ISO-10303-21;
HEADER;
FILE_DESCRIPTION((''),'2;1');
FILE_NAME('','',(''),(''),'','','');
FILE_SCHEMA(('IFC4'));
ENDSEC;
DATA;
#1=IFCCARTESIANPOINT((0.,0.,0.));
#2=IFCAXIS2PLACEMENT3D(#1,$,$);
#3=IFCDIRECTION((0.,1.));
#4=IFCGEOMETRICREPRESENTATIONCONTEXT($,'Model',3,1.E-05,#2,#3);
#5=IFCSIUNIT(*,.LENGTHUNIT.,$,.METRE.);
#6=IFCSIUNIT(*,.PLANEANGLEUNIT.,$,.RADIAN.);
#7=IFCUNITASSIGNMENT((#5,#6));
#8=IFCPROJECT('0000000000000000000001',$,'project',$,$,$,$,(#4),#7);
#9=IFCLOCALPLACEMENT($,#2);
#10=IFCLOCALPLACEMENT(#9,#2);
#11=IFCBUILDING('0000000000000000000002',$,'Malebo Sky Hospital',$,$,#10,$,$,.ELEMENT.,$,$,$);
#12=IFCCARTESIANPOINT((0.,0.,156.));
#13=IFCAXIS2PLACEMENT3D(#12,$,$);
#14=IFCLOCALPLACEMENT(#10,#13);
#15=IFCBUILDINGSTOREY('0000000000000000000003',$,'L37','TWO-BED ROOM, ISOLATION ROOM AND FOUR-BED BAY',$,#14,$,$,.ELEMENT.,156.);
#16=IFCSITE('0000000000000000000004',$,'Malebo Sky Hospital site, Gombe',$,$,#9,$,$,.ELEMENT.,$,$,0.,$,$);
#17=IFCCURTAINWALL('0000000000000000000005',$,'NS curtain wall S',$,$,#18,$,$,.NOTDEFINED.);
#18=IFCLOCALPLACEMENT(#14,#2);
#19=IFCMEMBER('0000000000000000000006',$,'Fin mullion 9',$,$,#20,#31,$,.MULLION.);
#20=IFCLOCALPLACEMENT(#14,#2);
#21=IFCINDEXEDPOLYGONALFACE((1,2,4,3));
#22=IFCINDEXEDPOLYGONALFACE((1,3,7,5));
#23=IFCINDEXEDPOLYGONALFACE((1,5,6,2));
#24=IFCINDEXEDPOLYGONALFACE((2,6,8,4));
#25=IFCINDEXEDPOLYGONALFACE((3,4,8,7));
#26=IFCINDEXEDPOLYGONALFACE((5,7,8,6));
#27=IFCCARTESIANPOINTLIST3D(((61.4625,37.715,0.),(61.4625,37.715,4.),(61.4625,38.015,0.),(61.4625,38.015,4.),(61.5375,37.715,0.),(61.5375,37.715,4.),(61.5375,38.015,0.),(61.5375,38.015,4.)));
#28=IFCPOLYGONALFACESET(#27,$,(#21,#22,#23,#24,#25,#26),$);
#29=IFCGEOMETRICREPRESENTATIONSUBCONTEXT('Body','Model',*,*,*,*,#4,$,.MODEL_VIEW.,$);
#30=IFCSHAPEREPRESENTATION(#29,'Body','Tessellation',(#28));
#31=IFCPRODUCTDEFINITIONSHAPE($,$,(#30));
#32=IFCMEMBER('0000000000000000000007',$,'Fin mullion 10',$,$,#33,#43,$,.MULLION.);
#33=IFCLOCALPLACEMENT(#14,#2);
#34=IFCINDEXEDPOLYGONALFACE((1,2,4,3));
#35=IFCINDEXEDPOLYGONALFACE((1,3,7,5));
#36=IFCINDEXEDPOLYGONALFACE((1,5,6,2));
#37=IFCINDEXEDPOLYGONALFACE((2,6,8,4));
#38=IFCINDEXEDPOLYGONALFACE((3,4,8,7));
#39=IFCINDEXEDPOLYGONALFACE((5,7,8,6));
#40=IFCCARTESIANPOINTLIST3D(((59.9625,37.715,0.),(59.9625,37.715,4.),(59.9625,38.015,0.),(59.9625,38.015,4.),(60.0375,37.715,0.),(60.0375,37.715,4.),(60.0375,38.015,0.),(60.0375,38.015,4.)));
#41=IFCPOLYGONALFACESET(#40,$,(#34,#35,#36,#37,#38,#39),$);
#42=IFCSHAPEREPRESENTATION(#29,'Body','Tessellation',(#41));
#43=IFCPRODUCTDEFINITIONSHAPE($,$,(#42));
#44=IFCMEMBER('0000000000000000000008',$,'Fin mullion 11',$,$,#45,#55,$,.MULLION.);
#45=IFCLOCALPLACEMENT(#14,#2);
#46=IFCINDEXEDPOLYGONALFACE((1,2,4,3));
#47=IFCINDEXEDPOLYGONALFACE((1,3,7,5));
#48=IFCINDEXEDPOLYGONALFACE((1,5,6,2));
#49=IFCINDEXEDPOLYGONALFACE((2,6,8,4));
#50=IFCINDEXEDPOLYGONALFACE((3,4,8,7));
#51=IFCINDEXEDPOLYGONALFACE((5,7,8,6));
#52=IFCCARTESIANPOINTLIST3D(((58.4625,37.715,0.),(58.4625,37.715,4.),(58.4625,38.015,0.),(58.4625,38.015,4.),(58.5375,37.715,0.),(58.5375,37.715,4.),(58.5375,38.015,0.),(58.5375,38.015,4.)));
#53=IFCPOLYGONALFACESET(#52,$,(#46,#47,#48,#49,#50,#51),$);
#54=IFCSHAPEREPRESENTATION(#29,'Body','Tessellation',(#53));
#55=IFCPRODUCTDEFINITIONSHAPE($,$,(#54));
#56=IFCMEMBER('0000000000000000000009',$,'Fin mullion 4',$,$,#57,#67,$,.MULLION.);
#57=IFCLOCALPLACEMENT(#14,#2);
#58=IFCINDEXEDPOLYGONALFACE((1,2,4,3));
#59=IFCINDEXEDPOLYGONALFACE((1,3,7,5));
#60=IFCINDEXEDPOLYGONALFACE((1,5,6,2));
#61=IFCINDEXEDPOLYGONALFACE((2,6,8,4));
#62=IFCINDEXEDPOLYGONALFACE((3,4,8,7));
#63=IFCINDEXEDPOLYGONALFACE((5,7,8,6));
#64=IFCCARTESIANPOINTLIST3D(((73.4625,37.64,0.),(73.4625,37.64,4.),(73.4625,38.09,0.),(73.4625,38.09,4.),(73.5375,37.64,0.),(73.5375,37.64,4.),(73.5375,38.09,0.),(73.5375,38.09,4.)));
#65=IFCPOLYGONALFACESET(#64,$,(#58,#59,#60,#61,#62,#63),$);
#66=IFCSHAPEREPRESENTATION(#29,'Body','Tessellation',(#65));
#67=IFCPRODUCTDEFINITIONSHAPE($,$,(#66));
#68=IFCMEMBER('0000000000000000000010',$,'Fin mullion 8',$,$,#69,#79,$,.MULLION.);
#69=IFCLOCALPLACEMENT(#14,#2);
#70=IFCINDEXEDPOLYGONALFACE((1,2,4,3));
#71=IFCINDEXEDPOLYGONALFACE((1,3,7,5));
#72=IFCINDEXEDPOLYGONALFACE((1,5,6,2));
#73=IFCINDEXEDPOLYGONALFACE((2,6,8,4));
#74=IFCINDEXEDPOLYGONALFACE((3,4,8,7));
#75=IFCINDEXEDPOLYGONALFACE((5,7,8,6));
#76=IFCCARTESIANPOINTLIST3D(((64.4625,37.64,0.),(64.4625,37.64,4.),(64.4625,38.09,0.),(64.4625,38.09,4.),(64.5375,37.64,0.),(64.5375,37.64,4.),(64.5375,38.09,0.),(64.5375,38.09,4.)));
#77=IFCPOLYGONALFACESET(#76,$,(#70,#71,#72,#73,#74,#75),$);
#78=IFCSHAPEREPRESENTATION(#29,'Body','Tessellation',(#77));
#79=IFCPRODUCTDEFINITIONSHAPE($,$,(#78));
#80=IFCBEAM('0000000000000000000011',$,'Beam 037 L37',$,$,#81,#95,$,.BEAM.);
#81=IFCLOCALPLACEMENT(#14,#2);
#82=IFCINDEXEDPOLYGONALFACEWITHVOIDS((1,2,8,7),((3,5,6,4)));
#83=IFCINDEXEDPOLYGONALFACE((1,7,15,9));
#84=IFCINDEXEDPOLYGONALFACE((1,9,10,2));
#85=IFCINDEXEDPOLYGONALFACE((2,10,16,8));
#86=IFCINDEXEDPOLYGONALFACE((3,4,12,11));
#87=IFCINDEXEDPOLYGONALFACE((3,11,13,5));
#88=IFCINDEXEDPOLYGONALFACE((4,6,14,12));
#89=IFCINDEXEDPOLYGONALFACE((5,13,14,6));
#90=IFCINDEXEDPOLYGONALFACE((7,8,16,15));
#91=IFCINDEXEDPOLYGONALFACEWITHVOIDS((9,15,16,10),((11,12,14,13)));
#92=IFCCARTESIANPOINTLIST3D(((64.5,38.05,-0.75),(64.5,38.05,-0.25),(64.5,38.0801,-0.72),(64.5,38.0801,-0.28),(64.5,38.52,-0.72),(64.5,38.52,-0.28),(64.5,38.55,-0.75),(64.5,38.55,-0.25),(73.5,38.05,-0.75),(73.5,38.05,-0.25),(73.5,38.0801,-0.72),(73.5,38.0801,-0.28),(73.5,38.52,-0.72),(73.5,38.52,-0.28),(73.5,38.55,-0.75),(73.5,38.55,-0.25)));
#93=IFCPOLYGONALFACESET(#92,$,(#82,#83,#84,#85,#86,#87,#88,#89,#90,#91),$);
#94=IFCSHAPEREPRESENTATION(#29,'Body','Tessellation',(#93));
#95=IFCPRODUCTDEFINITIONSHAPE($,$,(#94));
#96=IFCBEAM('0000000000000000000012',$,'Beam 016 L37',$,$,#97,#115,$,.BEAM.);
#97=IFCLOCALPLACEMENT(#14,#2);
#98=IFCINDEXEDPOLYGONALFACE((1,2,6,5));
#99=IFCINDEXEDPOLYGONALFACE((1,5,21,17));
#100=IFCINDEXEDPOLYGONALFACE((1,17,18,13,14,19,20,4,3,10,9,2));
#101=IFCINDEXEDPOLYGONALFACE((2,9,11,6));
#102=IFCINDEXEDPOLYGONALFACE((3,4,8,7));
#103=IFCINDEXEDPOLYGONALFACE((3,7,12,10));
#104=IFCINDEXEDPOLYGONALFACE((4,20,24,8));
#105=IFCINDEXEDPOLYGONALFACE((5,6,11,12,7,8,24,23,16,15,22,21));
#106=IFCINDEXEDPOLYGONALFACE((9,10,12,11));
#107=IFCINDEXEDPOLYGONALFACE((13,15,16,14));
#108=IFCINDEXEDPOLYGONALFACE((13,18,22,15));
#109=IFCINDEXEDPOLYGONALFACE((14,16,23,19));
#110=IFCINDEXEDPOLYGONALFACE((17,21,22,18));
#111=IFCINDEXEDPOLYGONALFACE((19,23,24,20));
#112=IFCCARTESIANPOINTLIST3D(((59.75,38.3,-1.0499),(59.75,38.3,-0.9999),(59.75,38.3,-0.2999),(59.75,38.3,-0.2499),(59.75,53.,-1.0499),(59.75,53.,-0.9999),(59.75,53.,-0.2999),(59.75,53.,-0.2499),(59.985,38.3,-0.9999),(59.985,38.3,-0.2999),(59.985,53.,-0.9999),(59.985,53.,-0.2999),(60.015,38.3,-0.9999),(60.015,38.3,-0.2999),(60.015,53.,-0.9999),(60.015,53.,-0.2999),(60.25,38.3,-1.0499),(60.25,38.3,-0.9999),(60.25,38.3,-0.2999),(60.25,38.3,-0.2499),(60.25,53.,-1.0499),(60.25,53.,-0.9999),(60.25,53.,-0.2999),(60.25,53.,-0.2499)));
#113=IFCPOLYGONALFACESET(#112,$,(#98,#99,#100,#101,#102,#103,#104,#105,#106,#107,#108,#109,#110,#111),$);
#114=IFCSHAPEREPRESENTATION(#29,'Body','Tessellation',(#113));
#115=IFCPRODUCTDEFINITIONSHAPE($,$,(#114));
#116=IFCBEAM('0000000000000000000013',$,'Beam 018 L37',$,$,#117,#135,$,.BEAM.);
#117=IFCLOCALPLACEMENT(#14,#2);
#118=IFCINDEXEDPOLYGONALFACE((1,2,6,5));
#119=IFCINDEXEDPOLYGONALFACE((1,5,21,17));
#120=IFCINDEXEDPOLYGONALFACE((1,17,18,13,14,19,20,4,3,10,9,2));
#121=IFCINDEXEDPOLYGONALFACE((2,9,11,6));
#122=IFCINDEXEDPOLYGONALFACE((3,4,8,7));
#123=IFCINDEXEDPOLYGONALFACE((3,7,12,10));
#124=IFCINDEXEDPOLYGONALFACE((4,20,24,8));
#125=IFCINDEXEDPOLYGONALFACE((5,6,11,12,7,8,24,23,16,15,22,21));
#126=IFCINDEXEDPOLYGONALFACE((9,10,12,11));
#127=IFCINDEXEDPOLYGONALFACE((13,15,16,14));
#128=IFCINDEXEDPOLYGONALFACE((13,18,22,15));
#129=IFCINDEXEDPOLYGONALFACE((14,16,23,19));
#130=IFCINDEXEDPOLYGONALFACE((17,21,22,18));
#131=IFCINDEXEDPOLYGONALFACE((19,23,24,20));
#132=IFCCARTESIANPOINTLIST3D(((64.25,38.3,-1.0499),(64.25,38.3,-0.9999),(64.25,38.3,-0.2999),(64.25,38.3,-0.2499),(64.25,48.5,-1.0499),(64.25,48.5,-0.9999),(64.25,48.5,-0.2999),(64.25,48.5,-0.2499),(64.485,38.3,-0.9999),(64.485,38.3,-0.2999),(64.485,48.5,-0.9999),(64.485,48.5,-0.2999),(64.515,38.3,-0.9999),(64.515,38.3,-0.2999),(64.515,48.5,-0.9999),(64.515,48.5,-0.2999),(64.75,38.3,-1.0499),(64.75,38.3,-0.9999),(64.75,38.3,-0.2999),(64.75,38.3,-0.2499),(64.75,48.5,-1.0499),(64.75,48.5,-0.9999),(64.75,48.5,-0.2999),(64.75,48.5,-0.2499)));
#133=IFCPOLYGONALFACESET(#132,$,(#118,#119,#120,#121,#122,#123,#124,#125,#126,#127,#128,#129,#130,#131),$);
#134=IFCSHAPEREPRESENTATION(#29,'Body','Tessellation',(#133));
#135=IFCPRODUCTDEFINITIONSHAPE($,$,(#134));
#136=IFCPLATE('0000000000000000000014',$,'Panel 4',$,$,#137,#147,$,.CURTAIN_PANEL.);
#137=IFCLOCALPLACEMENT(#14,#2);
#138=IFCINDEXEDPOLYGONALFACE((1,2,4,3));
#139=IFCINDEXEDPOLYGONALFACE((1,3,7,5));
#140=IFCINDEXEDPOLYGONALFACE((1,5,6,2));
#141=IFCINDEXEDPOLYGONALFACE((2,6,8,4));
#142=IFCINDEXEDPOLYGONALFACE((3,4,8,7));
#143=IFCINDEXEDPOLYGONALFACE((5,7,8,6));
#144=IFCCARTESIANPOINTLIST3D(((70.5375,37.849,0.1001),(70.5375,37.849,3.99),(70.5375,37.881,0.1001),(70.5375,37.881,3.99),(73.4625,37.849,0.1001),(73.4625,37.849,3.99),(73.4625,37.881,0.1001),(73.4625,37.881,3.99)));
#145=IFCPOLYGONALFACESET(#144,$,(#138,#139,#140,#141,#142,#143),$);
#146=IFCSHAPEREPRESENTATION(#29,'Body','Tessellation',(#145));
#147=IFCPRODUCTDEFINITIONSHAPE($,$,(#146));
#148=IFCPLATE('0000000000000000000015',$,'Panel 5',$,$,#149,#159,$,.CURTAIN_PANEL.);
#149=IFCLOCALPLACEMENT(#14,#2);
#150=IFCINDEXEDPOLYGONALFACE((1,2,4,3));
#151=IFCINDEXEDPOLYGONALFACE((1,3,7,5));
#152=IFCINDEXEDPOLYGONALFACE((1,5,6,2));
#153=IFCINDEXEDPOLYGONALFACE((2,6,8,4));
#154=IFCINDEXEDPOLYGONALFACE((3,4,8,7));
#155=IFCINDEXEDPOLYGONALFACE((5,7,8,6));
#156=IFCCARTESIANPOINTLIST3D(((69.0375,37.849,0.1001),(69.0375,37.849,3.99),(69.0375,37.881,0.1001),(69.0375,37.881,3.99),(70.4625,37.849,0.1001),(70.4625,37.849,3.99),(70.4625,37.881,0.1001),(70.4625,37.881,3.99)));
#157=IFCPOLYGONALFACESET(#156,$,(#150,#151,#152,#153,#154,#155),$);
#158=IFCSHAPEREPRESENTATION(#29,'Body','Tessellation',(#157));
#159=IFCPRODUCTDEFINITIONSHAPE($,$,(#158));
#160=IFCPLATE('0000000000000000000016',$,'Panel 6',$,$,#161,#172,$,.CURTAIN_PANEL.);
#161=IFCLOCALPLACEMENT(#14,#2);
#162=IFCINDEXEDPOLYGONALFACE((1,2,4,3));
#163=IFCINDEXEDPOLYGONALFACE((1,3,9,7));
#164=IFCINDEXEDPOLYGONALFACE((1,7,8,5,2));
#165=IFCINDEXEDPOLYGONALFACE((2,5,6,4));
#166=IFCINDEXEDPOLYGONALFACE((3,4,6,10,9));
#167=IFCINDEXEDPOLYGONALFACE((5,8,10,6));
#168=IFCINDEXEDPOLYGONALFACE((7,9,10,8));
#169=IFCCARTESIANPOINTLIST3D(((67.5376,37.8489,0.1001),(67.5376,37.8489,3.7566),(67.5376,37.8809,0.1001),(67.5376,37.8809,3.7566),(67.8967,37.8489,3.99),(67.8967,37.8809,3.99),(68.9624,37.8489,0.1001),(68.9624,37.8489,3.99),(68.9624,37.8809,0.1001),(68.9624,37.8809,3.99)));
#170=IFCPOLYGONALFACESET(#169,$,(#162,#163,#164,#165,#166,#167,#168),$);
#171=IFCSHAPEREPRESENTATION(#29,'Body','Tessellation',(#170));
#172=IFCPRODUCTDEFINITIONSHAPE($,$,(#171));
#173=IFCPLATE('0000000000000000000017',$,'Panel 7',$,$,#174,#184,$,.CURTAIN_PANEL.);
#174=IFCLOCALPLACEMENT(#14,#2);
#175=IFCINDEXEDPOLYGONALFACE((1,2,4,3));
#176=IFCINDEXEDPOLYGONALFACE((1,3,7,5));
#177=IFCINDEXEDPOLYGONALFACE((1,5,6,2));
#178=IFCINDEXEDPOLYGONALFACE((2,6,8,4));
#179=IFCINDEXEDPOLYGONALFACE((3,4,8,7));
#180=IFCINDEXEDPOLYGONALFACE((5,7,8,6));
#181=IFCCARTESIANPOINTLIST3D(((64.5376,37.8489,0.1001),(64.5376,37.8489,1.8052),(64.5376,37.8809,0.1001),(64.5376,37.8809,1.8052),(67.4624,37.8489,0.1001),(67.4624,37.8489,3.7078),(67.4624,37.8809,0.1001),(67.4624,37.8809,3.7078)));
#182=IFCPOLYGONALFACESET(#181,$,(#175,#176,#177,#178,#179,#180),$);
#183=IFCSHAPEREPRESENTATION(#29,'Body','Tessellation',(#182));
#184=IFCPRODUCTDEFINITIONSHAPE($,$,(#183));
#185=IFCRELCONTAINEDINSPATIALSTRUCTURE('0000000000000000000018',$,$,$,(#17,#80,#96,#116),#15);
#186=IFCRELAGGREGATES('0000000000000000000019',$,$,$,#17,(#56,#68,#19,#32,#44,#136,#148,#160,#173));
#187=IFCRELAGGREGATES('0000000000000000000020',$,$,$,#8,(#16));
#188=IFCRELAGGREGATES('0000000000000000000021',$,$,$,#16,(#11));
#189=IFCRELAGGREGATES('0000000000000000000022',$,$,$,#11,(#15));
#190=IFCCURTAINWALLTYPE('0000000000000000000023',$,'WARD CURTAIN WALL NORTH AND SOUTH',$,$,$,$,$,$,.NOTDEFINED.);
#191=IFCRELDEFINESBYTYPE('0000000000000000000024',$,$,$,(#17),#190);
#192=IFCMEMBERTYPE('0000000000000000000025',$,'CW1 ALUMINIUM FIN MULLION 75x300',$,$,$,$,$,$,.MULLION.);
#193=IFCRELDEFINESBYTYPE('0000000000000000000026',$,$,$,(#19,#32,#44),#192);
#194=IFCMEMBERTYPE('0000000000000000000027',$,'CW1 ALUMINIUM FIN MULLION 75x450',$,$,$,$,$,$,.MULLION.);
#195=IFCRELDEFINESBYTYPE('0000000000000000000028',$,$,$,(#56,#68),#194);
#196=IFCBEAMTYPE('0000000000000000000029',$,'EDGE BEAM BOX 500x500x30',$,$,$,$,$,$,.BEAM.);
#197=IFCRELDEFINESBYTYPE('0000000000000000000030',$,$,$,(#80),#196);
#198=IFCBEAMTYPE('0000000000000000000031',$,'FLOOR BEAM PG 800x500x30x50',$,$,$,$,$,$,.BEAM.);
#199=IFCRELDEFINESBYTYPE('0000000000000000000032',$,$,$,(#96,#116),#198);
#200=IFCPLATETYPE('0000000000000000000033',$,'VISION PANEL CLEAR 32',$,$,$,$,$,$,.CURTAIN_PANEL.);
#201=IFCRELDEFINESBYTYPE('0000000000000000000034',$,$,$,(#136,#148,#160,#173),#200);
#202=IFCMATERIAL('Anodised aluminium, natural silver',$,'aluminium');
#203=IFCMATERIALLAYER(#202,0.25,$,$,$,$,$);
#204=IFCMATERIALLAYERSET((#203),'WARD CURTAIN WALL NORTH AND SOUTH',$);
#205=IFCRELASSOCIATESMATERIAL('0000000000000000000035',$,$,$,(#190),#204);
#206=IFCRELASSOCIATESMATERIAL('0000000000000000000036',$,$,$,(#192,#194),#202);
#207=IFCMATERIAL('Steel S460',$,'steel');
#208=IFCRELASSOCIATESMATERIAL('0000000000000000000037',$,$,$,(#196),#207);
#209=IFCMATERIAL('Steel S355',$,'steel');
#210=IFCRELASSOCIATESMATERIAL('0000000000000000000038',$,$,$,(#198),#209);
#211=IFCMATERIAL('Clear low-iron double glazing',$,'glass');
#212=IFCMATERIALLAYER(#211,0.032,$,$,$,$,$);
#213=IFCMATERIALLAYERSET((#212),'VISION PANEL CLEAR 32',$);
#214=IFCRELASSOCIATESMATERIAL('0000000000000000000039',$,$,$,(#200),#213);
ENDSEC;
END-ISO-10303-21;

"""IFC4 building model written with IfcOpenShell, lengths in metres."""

from ifc_helpers import new_model, si_unit, direction, frame, origin, origin_2d, place, context, subcontext, project, spatial, polyline, rectangle, hollow_rectangle, i_section, outline, extrude, material, layer, layer_set, material_profile, profile_set, type_object, element, aggregate, save


model = new_model("IFC4")

# Units and contexts
model_context = context("Model", 3, precision=1e-05, world=origin(), true_north=direction((0.0, 1.0)))
body_context = subcontext(model_context, "Body", "Model", "MODEL_VIEW")
ifc_project = project(units=[si_unit("LENGTHUNIT", "METRE"), si_unit("PLANEANGLEUNIT", "RADIAN")], contexts=[model_context])

# Site, building, storey
site_placement = place(None, origin())
site = spatial("IfcSite", under=ifc_project, at=site_placement, Name="Malebo Sky Hospital site, Gombe", CompositionType="ELEMENT", RefElevation=0.0)
building_placement = place(site_placement, origin())
building = spatial("IfcBuilding", under=site, at=building_placement, Name="Malebo Sky Hospital", CompositionType="ELEMENT")
storey_placement = place(building_placement, frame((0.0, 0.0, 156.0)))
storey = spatial("IfcBuildingStorey", under=building, at=storey_placement, Name="L37", Description="TWO-BED ROOM, ISOLATION ROOM AND FOUR-BED BAY", CompositionType="ELEMENT", Elevation=156.0)

# Shared definitions
ifc_material_1 = material(Name="Steel S460", Category="steel")

# Curtain wall
ifc_material_2 = material(Name="Anodised aluminium, natural silver", Category="aluminium")
ifc_layer_1 = layer(ifc_material_2, 0.25)
ifc_layer_set_1 = layer_set([ifc_layer_1], Name="WARD CURTAIN WALL NORTH AND SOUTH")
curtain_wall_type = type_object("IfcCurtainWallType", Name="WARD CURTAIN WALL NORTH AND SOUTH", PredefinedType="NOTDEFINED", material=ifc_layer_set_1)
curtain_wall_placement = place(storey_placement, origin())
curtain_wall = element("IfcCurtainWall", 1, at=curtain_wall_placement, inside=storey, type_object=curtain_wall_type, Name="NS curtain wall S", PredefinedType="NOTDEFINED")

# Members
ifc_material_3 = material(Name="Steel S355", Category="steel")
ifc_material_profile_1 = material_profile(ifc_material_2, rectangle(XDim=0.075, YDim=0.3, at=origin_2d()), Name="CW1 ALUMINIUM FIN MULLION 75x300")
ifc_profile_set_1 = profile_set([ifc_material_profile_1], Name="Anodised aluminium, natural silver")
member_type_1 = type_object("IfcMemberType", Name="CW1 ALUMINIUM FIN MULLION 75x300", PredefinedType="MULLION", material=ifc_profile_set_1)
member_1_placement = place(storey_placement, frame((61.5, 37.865, 0.0), z_axis=(0.0, 0.0, 1.0), x_axis=(-1.0, 0.0, 0.0)))
member_1 = element("IfcMember", 2, at=member_1_placement, type_object=member_type_1, Name="Fin mullion 9", PredefinedType="MULLION", context=body_context, shape_type="SweptSolid", body=[
    extrude(rectangle(XDim=0.075, YDim=0.3, at=origin_2d()), origin(), (0.0, 0.0, 1.0), 4.0),
])
member_2_placement = place(storey_placement, frame((60.0, 37.865, 0.0), z_axis=(0.0, 0.0, 1.0), x_axis=(-1.0, 0.0, 0.0)))
member_2 = element("IfcMember", 3, at=member_2_placement, type_object=member_type_1, Name="Fin mullion 10", PredefinedType="MULLION", context=body_context, shape_type="SweptSolid", body=[
    extrude(rectangle(XDim=0.075, YDim=0.3, at=origin_2d()), origin(), (0.0, 0.0, 1.0), 4.0),
])
member_3_placement = place(storey_placement, frame((58.5, 37.865, 0.0), z_axis=(0.0, 0.0, 1.0), x_axis=(-1.0, 0.0, 0.0)))
member_3 = element("IfcMember", 4, at=member_3_placement, type_object=member_type_1, Name="Fin mullion 11", PredefinedType="MULLION", context=body_context, shape_type="SweptSolid", body=[
    extrude(rectangle(XDim=0.075, YDim=0.3, at=origin_2d()), origin(), (0.0, 0.0, 1.0), 4.0),
])
ifc_material_profile_2 = material_profile(ifc_material_2, rectangle(XDim=0.075, YDim=0.45, at=origin_2d()), Name="CW1 ALUMINIUM FIN MULLION 75x450")
ifc_profile_set_2 = profile_set([ifc_material_profile_2], Name="Anodised aluminium, natural silver")
member_type_2 = type_object("IfcMemberType", Name="CW1 ALUMINIUM FIN MULLION 75x450", PredefinedType="MULLION", material=ifc_profile_set_2)
member_4_placement = place(storey_placement, frame((73.5, 37.865, 0.0), z_axis=(0.0, 0.0, 1.0), x_axis=(-1.0, 0.0, 0.0)))
member_4 = element("IfcMember", 5, at=member_4_placement, type_object=member_type_2, Name="Fin mullion 4", PredefinedType="MULLION", context=body_context, shape_type="SweptSolid", body=[
    extrude(rectangle(XDim=0.075, YDim=0.45, at=origin_2d()), origin(), (0.0, 0.0, 1.0), 4.0),
])
member_5_placement = place(storey_placement, frame((64.5, 37.865, 0.0), z_axis=(0.0, 0.0, 1.0), x_axis=(-1.0, 0.0, 0.0)))
member_5 = element("IfcMember", 6, at=member_5_placement, type_object=member_type_2, Name="Fin mullion 8", PredefinedType="MULLION", context=body_context, shape_type="SweptSolid", body=[
    extrude(rectangle(XDim=0.075, YDim=0.45, at=origin_2d()), origin(), (0.0, 0.0, 1.0), 4.0),
])

# Beams
ifc_material_profile_3 = material_profile(ifc_material_1, hollow_rectangle(XDim=0.5, YDim=0.5, WallThickness=0.03, at=origin_2d()), Name="BOX 500x500x30")
ifc_profile_set_3 = profile_set([ifc_material_profile_3], Name="Steel S460")
beam_type_1 = type_object("IfcBeamType", Name="EDGE BEAM BOX 500x500x30", PredefinedType="BEAM", material=ifc_profile_set_3)
beam_1_placement = place(storey_placement, frame((64.5, 38.3, -0.5), z_axis=(1.0, 0.0, 0.0), x_axis=(0.0, 1.0, 0.0)))
element("IfcBeam", 7, at=beam_1_placement, inside=storey, type_object=beam_type_1, Name="Beam 037 L37", PredefinedType="BEAM", context=body_context, shape_type="SweptSolid", body=[
    extrude(hollow_rectangle(XDim=0.5, YDim=0.5, WallThickness=0.03, at=origin_2d()), origin(), (0.0, 0.0, 1.0), 9.0),
])
ifc_material_profile_4 = material_profile(ifc_material_3, i_section(OverallWidth=0.5, OverallDepth=0.8, WebThickness=0.03, FlangeThickness=0.05, at=origin_2d()), Name="PG 800x500x30x50")
ifc_profile_set_4 = profile_set([ifc_material_profile_4], Name="Steel S355")
beam_type_2 = type_object("IfcBeamType", Name="FLOOR BEAM PG 800x500x30x50", PredefinedType="BEAM", material=ifc_profile_set_4)
beam_2_placement = place(storey_placement, frame((60.0, 38.3, -0.6499), z_axis=(0.0, 1.0, 0.0), x_axis=(-1.0, 0.0, 0.0)))
element("IfcBeam", 8, at=beam_2_placement, inside=storey, type_object=beam_type_2, Name="Beam 016 L37", PredefinedType="BEAM", context=body_context, shape_type="SweptSolid", body=[
    extrude(i_section(OverallWidth=0.5, OverallDepth=0.8, WebThickness=0.03, FlangeThickness=0.05, at=origin_2d()), origin(), (0.0, 0.0, 1.0), 14.7),
])
beam_3_placement = place(storey_placement, frame((64.5, 38.3, -0.6499), z_axis=(0.0, 1.0, 0.0), x_axis=(-1.0, 0.0, 0.0)))
element("IfcBeam", 9, at=beam_3_placement, inside=storey, type_object=beam_type_2, Name="Beam 018 L37", PredefinedType="BEAM", context=body_context, shape_type="SweptSolid", body=[
    extrude(i_section(OverallWidth=0.5, OverallDepth=0.8, WebThickness=0.03, FlangeThickness=0.05, at=origin_2d()), origin(), (0.0, 0.0, 1.0), 10.2),
])

# Plates
ifc_material_4 = material(Name="Clear low-iron double glazing", Category="glass")
ifc_layer_2 = layer(ifc_material_4, 0.032)
ifc_layer_set_2 = layer_set([ifc_layer_2], Name="VISION PANEL CLEAR 32")
plate_type = type_object("IfcPlateType", Name="VISION PANEL CLEAR 32", PredefinedType="CURTAIN_PANEL", material=ifc_layer_set_2)
plate_1_placement = place(storey_placement, frame((72.0, 37.865, 0.1001), z_axis=(0.0, 0.0, 1.0), x_axis=(-1.0, 0.0, 0.0)))
plate_1 = element("IfcPlate", 10, at=plate_1_placement, type_object=plate_type, Name="Panel 4", PredefinedType="CURTAIN_PANEL", context=body_context, shape_type="SweptSolid", body=[
    extrude(rectangle(XDim=2.925, YDim=0.032, at=origin_2d()), origin(), (0.0, 0.0, 1.0), 3.8899),
])
plate_2_placement = place(storey_placement, frame((69.75, 37.865, 0.1001), z_axis=(0.0, 0.0, 1.0), x_axis=(-1.0, 0.0, 0.0)))
plate_2 = element("IfcPlate", 11, at=plate_2_placement, type_object=plate_type, Name="Panel 5", PredefinedType="CURTAIN_PANEL", context=body_context, shape_type="SweptSolid", body=[
    extrude(rectangle(XDim=1.425, YDim=0.032, at=origin_2d()), origin(), (0.0, 0.0, 1.0), 3.8899),
])
plate_3_placement = place(storey_placement, frame((68.25, 37.865, 0.1001), z_axis=(0.0, 0.0, 1.0), x_axis=(-1.0, 0.0, 0.0)))
plate_3 = element("IfcPlate", 12, at=plate_3_placement, type_object=plate_type, Name="Panel 6", PredefinedType="CURTAIN_PANEL", context=body_context, shape_type="SweptSolid", body=[
    extrude(outline(polyline([(-0.7124, 0.0), (0.7124, 0.0), (0.7124, 3.6565), (0.3533, 3.8899), (-0.7124, 3.8899), (-0.7124, 0.0)])), frame((0.0, 0.0161, 0.0), z_axis=(0.0, -1.0, 0.0), x_axis=(1.0, 0.0, 0.0)), (0.0, 0.0, 1.0), 0.032),
])
plate_4_placement = place(storey_placement, frame((66.0, 37.865, 0.1001), z_axis=(0.0, 0.0, 1.0), x_axis=(-1.0, 0.0, 0.0)))
plate_4 = element("IfcPlate", 13, at=plate_4_placement, type_object=plate_type, Name="Panel 7", PredefinedType="CURTAIN_PANEL", context=body_context, shape_type="SweptSolid", body=[
    extrude(outline(polyline([(-1.4624, 0.0), (1.4624, 0.0), (1.4624, 1.7051), (-1.4624, 3.6077), (-1.4624, 0.0)])), frame((0.0, 0.0161, 0.0), z_axis=(0.0, -1.0, 0.0), x_axis=(1.0, 0.0, 0.0)), (0.0, 0.0, 1.0), 0.032),
])
aggregate(curtain_wall, [member_4, member_5, member_1, member_2, member_3, plate_1, plate_2, plate_3, plate_4])

save(model, "model.ifc")
